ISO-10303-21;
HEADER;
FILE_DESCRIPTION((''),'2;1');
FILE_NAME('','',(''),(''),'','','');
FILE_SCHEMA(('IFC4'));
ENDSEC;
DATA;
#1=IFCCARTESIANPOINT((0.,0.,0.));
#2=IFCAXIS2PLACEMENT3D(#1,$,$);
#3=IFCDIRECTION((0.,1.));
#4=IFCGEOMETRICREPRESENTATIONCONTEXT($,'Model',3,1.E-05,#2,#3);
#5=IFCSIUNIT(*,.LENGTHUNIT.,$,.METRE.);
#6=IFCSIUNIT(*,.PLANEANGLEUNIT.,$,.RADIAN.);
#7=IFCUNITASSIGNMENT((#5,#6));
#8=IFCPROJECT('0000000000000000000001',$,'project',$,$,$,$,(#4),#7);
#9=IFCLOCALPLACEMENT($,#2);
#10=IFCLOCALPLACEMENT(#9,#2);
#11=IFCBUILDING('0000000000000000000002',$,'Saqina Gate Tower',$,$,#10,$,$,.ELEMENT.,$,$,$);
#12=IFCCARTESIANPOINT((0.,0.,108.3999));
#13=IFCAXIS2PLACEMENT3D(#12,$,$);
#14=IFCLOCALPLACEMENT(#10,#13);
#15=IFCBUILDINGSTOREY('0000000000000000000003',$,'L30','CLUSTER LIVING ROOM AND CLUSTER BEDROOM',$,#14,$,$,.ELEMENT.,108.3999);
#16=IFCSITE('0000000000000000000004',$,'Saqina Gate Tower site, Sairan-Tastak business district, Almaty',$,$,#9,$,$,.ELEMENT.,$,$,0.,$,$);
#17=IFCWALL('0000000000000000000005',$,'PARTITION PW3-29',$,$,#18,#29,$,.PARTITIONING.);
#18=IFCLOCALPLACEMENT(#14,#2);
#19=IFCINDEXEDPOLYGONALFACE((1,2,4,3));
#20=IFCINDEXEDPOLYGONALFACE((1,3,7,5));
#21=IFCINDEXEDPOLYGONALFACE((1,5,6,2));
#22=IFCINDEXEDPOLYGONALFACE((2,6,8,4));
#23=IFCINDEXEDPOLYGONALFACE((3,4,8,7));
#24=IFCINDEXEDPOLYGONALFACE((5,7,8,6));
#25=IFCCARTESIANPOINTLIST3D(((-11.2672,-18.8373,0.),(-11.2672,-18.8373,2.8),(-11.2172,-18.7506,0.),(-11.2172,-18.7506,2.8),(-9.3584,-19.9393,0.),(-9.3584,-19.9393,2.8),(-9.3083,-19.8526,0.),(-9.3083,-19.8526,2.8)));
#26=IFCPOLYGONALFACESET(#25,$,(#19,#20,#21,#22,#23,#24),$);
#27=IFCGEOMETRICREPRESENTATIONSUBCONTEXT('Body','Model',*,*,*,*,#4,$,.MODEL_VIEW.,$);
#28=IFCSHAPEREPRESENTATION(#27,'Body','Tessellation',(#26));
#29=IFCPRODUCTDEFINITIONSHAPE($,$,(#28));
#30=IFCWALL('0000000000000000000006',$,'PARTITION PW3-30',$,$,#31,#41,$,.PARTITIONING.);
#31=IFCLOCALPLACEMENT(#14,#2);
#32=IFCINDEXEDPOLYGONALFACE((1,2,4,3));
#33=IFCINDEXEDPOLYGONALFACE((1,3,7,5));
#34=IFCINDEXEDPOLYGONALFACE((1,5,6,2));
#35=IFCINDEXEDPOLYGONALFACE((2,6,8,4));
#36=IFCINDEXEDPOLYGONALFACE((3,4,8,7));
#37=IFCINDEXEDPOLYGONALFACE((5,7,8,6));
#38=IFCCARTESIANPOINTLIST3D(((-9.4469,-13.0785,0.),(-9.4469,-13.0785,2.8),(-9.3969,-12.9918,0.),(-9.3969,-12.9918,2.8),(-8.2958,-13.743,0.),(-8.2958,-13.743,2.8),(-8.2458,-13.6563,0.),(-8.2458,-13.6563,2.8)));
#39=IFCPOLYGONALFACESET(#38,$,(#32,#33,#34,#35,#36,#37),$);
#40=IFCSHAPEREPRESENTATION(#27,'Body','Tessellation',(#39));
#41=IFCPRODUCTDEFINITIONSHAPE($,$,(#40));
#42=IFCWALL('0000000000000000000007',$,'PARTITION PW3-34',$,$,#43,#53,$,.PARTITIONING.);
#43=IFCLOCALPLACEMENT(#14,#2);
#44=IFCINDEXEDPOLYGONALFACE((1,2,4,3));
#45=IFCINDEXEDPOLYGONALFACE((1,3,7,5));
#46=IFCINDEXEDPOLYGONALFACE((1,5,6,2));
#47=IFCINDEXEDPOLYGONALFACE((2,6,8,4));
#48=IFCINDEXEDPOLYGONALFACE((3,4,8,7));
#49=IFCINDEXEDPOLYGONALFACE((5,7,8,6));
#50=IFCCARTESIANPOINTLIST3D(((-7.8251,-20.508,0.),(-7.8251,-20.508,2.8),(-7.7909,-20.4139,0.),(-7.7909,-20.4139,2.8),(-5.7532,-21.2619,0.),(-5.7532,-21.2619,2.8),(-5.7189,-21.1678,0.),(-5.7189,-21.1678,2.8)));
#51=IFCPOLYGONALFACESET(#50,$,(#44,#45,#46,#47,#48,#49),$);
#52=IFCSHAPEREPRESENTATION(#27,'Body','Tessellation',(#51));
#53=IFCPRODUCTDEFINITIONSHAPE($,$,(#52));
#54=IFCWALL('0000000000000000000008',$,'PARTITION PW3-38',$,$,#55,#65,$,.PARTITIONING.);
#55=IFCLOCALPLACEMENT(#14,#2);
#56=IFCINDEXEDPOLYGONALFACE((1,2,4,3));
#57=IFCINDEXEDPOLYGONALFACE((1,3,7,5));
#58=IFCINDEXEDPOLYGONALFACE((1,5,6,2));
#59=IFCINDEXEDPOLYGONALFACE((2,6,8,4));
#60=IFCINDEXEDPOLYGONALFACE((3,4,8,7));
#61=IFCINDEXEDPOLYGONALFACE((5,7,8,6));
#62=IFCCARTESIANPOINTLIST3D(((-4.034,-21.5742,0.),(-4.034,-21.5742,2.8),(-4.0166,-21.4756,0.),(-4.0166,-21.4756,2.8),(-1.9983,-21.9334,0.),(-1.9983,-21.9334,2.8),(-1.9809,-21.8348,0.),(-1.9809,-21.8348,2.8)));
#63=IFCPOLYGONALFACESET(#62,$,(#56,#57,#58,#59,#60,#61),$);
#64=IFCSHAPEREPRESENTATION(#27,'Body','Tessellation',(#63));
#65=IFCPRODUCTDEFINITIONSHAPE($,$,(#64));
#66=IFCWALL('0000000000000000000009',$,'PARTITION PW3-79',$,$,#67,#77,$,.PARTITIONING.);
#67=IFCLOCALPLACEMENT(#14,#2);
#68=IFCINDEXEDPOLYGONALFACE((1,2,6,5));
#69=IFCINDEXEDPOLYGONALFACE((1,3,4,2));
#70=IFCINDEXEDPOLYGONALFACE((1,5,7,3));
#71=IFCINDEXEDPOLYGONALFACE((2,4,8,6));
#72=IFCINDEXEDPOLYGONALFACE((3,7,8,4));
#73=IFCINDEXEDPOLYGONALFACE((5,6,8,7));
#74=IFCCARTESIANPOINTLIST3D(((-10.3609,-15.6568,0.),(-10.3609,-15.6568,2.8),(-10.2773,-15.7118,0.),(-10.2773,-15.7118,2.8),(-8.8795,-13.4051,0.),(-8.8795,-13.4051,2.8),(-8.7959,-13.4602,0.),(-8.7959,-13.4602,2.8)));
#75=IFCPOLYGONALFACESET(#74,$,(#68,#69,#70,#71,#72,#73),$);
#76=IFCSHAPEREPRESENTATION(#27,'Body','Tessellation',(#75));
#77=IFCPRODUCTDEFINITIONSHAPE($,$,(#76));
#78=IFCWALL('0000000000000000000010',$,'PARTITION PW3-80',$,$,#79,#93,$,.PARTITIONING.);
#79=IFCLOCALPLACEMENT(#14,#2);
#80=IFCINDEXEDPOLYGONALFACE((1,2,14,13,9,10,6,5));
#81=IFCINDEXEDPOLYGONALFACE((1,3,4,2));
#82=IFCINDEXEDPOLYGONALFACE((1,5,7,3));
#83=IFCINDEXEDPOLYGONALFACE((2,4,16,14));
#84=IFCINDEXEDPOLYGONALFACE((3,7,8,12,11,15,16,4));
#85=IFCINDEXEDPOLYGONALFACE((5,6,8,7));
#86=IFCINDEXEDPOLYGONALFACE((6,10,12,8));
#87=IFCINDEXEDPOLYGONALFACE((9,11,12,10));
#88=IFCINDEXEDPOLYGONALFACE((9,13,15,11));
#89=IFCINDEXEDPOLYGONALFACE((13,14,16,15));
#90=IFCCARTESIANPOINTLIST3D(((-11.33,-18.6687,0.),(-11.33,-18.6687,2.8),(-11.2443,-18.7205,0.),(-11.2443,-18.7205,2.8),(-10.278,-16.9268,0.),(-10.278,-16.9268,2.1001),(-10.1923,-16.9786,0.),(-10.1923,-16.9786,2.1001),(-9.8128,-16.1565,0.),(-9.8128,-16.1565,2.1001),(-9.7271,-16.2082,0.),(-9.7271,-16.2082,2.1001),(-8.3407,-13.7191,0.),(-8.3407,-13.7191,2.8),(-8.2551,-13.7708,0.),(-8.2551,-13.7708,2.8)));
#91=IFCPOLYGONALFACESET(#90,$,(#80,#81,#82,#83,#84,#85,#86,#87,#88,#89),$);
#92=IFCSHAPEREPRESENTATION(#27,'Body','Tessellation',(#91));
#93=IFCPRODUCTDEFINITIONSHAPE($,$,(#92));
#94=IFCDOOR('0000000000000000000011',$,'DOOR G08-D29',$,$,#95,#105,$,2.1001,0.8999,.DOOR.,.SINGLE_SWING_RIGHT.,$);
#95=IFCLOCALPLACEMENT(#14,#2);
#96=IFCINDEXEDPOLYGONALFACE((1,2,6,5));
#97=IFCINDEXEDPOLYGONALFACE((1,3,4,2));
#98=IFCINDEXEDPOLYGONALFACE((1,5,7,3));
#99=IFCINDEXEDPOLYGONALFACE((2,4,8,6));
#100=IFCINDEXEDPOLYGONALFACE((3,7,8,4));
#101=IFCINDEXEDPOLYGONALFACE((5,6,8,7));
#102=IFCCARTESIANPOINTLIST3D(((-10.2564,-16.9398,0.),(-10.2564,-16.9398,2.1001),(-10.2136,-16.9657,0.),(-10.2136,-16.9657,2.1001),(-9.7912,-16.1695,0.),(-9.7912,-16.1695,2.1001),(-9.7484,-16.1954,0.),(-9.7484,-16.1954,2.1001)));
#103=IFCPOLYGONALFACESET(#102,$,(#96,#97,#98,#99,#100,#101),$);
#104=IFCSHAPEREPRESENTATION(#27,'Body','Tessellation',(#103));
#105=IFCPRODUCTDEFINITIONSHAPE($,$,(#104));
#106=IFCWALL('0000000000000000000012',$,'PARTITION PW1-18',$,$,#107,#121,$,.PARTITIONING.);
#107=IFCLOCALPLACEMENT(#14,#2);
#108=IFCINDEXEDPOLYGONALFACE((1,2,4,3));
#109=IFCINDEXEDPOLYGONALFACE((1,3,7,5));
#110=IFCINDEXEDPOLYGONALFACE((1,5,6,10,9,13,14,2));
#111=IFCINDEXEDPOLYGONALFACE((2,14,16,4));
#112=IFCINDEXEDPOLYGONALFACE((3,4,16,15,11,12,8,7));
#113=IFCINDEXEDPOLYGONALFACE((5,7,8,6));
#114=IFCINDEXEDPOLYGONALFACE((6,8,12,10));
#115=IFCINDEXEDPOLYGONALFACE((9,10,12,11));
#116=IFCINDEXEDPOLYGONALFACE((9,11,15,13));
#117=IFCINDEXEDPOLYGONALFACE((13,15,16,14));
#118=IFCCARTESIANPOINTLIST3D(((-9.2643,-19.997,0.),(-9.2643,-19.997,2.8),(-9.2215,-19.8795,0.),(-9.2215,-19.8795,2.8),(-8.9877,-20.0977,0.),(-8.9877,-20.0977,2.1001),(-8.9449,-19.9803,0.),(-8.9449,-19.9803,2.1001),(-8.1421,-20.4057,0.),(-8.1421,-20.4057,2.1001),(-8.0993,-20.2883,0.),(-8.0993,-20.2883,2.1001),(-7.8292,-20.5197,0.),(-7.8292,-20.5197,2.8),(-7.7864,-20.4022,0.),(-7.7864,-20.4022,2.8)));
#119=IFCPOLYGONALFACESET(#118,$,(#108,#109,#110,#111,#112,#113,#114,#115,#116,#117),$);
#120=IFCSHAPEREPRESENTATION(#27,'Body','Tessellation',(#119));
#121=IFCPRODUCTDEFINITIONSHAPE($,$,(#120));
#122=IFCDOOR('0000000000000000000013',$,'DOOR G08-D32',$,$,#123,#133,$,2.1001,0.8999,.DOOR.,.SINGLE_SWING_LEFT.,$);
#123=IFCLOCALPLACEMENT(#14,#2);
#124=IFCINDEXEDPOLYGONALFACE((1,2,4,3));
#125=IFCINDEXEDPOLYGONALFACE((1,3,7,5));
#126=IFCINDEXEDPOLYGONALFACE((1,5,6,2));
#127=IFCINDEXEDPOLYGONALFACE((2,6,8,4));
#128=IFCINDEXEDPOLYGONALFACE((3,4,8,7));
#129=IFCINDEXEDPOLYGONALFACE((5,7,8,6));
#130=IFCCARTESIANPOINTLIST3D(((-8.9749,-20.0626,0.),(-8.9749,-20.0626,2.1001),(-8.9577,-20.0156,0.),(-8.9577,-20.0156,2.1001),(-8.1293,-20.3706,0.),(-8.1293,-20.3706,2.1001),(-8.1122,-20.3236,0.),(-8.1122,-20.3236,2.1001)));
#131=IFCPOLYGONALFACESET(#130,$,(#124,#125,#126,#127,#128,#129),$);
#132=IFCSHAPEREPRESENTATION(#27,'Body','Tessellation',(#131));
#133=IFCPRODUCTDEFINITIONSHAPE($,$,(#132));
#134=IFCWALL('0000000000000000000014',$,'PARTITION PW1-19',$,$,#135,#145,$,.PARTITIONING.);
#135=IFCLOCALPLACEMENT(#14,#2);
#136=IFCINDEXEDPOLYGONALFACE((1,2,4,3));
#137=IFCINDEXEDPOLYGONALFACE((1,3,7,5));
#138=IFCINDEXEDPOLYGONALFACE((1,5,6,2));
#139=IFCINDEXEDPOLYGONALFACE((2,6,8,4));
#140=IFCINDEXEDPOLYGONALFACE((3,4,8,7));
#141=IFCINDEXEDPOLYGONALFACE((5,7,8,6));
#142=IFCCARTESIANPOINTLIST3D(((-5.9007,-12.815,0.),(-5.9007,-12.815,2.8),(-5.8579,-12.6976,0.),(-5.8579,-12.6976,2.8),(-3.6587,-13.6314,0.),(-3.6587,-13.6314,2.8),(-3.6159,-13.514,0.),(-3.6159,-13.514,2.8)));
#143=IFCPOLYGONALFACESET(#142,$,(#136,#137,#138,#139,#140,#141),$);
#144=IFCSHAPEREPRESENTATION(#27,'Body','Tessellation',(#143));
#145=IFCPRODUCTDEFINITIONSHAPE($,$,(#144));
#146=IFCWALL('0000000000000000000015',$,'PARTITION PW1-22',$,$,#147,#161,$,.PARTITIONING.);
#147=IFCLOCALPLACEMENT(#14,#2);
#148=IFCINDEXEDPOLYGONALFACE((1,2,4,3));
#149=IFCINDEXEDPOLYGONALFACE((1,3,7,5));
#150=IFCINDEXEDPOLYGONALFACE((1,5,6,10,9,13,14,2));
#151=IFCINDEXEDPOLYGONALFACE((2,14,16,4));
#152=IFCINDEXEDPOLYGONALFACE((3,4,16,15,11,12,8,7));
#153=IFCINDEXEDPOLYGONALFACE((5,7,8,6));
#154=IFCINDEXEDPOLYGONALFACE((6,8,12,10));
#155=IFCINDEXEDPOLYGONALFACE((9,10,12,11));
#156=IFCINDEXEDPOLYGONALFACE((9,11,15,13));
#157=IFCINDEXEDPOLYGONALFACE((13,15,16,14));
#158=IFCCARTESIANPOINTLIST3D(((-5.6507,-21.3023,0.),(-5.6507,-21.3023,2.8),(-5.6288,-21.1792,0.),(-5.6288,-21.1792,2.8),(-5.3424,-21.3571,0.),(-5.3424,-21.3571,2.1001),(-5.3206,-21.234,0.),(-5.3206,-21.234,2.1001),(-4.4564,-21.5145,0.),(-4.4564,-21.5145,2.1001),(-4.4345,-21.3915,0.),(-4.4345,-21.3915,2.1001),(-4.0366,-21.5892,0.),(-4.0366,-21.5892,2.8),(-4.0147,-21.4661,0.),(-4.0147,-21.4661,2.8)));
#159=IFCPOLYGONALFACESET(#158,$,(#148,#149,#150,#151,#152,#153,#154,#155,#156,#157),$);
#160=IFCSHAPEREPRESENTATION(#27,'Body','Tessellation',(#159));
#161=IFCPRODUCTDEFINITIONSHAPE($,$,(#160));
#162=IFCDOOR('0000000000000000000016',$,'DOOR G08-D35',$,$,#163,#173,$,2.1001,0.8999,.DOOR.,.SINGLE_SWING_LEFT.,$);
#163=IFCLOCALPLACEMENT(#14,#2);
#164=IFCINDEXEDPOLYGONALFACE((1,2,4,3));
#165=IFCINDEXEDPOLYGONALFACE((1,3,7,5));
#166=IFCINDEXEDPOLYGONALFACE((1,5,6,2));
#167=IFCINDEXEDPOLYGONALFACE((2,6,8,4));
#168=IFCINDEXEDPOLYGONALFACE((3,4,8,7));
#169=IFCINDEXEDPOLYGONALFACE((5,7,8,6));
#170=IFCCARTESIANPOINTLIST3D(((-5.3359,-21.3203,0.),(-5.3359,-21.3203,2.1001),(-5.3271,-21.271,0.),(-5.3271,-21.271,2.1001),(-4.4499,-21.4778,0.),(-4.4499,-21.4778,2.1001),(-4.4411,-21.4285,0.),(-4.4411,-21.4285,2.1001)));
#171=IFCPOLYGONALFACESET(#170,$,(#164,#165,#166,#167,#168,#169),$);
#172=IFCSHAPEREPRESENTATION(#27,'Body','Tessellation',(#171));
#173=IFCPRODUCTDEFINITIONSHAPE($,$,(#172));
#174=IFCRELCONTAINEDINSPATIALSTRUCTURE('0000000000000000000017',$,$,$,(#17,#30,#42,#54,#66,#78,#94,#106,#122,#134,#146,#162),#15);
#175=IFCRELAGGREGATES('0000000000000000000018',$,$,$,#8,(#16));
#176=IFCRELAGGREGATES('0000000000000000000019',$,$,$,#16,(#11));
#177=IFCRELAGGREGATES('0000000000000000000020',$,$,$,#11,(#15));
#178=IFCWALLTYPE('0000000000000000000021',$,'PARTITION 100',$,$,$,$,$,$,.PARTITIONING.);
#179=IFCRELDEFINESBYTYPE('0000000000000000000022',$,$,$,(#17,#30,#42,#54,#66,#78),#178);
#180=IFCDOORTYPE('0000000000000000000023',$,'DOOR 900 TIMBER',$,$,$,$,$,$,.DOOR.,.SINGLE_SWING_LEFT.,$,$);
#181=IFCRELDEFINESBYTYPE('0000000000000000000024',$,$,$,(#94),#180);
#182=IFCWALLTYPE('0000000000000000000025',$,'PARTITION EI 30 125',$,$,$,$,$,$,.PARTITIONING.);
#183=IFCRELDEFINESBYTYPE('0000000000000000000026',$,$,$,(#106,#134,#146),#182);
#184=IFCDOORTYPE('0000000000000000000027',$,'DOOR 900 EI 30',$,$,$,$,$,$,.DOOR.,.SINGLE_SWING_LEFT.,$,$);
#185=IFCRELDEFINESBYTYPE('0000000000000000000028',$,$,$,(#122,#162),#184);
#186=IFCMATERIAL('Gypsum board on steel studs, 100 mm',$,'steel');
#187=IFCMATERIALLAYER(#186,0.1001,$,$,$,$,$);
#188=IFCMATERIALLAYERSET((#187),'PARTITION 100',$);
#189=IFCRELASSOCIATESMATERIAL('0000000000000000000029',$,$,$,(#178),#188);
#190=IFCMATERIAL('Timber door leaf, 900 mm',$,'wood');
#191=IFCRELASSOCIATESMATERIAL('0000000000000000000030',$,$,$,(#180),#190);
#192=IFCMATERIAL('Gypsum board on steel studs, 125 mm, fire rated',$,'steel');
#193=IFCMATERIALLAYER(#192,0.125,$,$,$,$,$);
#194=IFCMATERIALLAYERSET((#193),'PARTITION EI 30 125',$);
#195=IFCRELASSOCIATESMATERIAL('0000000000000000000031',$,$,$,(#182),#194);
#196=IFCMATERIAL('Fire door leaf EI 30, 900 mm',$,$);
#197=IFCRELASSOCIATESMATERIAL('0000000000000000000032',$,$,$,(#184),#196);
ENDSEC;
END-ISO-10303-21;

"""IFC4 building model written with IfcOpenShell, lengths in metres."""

from ifc_helpers import new_model, si_unit, direction, frame, frame_2d, origin, place, context, subcontext, project, spatial, rectangle, extrude, material, layer, layer_set, type_object, element, fill, save


model = new_model("IFC4")

# Units and contexts
model_context = context("Model", 3, precision=1e-05, world=origin(), true_north=direction((0.0, 1.0)))
body_context = subcontext(model_context, "Body", "Model", "MODEL_VIEW")
ifc_project = project(units=[si_unit("LENGTHUNIT", "METRE"), si_unit("PLANEANGLEUNIT", "RADIAN")], contexts=[model_context])

# Site, building, storey
site_placement = place(None, origin())
site = spatial("IfcSite", under=ifc_project, at=site_placement, Name="Saqina Gate Tower site, Sairan-Tastak business district, Almaty", CompositionType="ELEMENT", RefElevation=0.0)
building_placement = place(site_placement, origin())
building = spatial("IfcBuilding", under=site, at=building_placement, Name="Saqina Gate Tower", CompositionType="ELEMENT")
storey_placement = place(building_placement, frame((0.0, 0.0, 108.3999)))
storey = spatial("IfcBuildingStorey", under=building, at=storey_placement, Name="L30", Description="CLUSTER LIVING ROOM AND CLUSTER BEDROOM", CompositionType="ELEMENT", Elevation=108.3999)

# Walls
ifc_material_1 = material(Name="Gypsum board on steel studs, 100 mm", Category="steel")
ifc_layer_1 = layer(ifc_material_1, 0.1001)
ifc_layer_set_1 = layer_set([ifc_layer_1], Name="PARTITION 100")
wall_type_1 = type_object("IfcWallType", Name="PARTITION 100", PredefinedType="PARTITIONING", material=ifc_layer_set_1)
wall_1_placement = place(storey_placement, frame((-11.2422, -18.7939, 0.0), z_axis=(0.0, 0.0, 1.0), x_axis=(0.86604, -0.499975, 0.0)))
element("IfcWall", 1, at=wall_1_placement, inside=storey, type_object=wall_type_1, Name="PARTITION PW3-29", PredefinedType="PARTITIONING", context=body_context, shape_type="SweptSolid", body=[
    extrude(rectangle(XDim=2.2041, YDim=0.1001, at=frame_2d((1.1021, 0.0))), origin(), (0.0, 0.0, 1.0), 2.8),
])
wall_2_placement = place(storey_placement, frame((-9.4219, -13.0352, 0.0), z_axis=(0.0, 0.0, 1.0), x_axis=(0.866042, -0.499972, 0.0)))
element("IfcWall", 2, at=wall_2_placement, inside=storey, type_object=wall_type_1, Name="PARTITION PW3-30", PredefinedType="PARTITIONING", context=body_context, shape_type="SweptSolid", body=[
    extrude(rectangle(XDim=1.3291, YDim=0.1001, at=frame_2d((0.6646, 0.0))), origin(), (0.0, 0.0, 1.0), 2.8),
])
wall_3_placement = place(storey_placement, frame((-7.8081, -20.4609, 0.0), z_axis=(0.0, 0.0, 1.0), x_axis=(0.939729, -0.341921, 0.0)))
element("IfcWall", 3, at=wall_3_placement, inside=storey, type_object=wall_type_1, Name="PARTITION PW3-34", PredefinedType="PARTITIONING", context=body_context, shape_type="SweptSolid", body=[
    extrude(rectangle(XDim=2.2048, YDim=0.1001, at=frame_2d((1.1025, 0.0))), origin(), (0.0, 0.0, 1.0), 2.8),
])
wall_4_placement = place(storey_placement, frame((-4.0254, -21.5249, 0.0), z_axis=(0.0, 0.0, 1.0), x_axis=(0.984792, -0.173738, 0.0)))
element("IfcWall", 4, at=wall_4_placement, inside=storey, type_object=wall_type_1, Name="PARTITION PW3-38", PredefinedType="PARTITIONING", context=body_context, shape_type="SweptSolid", body=[
    extrude(rectangle(XDim=2.0671, YDim=0.1001, at=frame_2d((1.0337, 0.0))), origin(), (0.0, 0.0, 1.0), 2.8),
])
wall_5_placement = place(storey_placement, frame((-10.3191, -15.6843, 0.0), z_axis=(0.0, 0.0, 1.0), x_axis=(0.549631, 0.835407, 0.0)))
element("IfcWall", 5, at=wall_5_placement, inside=storey, type_object=wall_type_1, Name="PARTITION PW3-79", PredefinedType="PARTITIONING", context=body_context, shape_type="SweptSolid", body=[
    extrude(rectangle(XDim=2.6953, YDim=0.1001, at=frame_2d((1.3477, 0.0))), origin(), (0.0, 0.0, 1.0), 2.8),
])

# Walls, openings, doors
wall_6_placement = place(storey_placement, frame((-11.2871, -18.6946, 0.0), z_axis=(0.0, 0.0, 1.0), x_axis=(0.516965, 0.856007, 0.0)))
wall_6 = element("IfcWall", 6, at=wall_6_placement, inside=storey, type_object=wall_type_1, Name="PARTITION PW3-80", PredefinedType="PARTITIONING", context=body_context, shape_type="SweptSolid", body=[
    extrude(rectangle(XDim=5.7822, YDim=0.1001, at=frame_2d((2.8911, 0.0))), origin(), (0.0, 0.0, 1.0), 2.8),
])
opening_1_placement = place(wall_6_placement, frame((2.0349, 0.0, 0.0)))
opening_1 = element("IfcOpeningElement", 7, at=opening_1_placement, cuts=wall_6, PredefinedType="OPENING", context=body_context, shape_type="SweptSolid", body=[
    extrude(rectangle(XDim=0.8999, YDim=2.1001, at=frame_2d((0.45, 1.05))), frame((0.0, 0.062, 0.0), z_axis=(0.0, -1.0, 0.0), x_axis=(1.0, 0.0, 0.0)), (0.0, 0.0, 1.0), 0.124),
])
ifc_material_2 = material(Name="Timber door leaf, 900 mm", Category="wood")
door_type_1 = type_object("IfcDoorType", Name="DOOR 900 TIMBER", OperationType="SINGLE_SWING_LEFT", PredefinedType="DOOR", material=ifc_material_2)
door_1_placement = place(opening_1_placement, origin())
door_1 = element("IfcDoor", 8, at=door_1_placement, inside=storey, type_object=door_type_1, Name="DOOR G08-D29", OperationType="SINGLE_SWING_RIGHT", OverallHeight=2.1001, OverallWidth=0.8999, PredefinedType="DOOR", context=body_context, shape_type="SweptSolid", body=[
    extrude(rectangle(XDim=0.8999, YDim=2.1001, at=frame_2d((0.45, 1.05))), frame((0.0, 0.0249, 0.0), z_axis=(0.0, -1.0, 0.0), x_axis=(1.0, 0.0, 0.0)), (0.0, 0.0, 1.0), 0.05),
])
fill(opening_1, door_1)
ifc_material_3 = material(Name="Gypsum board on steel studs, 125 mm, fire rated", Category="steel")
ifc_layer_2 = layer(ifc_material_3, 0.125)
ifc_layer_set_2 = layer_set([ifc_layer_2], Name="PARTITION EI 30 125")
wall_type_2 = type_object("IfcWallType", Name="PARTITION EI 30 125", PredefinedType="PARTITIONING", material=ifc_layer_set_2)
wall_7_placement = place(storey_placement, frame((-9.2429, -19.9382, 0.0), z_axis=(0.0, 0.0, 1.0), x_axis=(0.939611, -0.342244, 0.0)))
wall_7 = element("IfcWall", 9, at=wall_7_placement, inside=storey, type_object=wall_type_2, Name="PARTITION PW1-18", PredefinedType="PARTITIONING", context=body_context, shape_type="SweptSolid", body=[
    extrude(rectangle(XDim=1.5273, YDim=0.125, at=frame_2d((0.7637, 0.0))), origin(), (0.0, 0.0, 1.0), 2.8),
])
opening_2_placement = place(wall_7_placement, frame((0.2944, 0.0, 0.0)))
opening_2 = element("IfcOpeningElement", 10, at=opening_2_placement, cuts=wall_7, PredefinedType="OPENING", context=body_context, shape_type="SweptSolid", body=[
    extrude(rectangle(XDim=0.8999, YDim=2.1001, at=frame_2d((0.45, 1.05))), frame((0.0, 0.0745, 0.0), z_axis=(0.0, -1.0, 0.0), x_axis=(1.0, 0.0, 0.0)), (0.0, 0.0, 1.0), 0.1489),
])
ifc_material_4 = material(Name="Fire door leaf EI 30, 900 mm")
door_type_2 = type_object("IfcDoorType", Name="DOOR 900 EI 30", OperationType="SINGLE_SWING_LEFT", PredefinedType="DOOR", material=ifc_material_4)
door_2_placement = place(opening_2_placement, origin())
door_2 = element("IfcDoor", 11, at=door_2_placement, inside=storey, type_object=door_type_2, Name="DOOR G08-D32", OperationType="SINGLE_SWING_LEFT", OverallHeight=2.1001, OverallWidth=0.8999, PredefinedType="DOOR", context=body_context, shape_type="SweptSolid", body=[
    extrude(rectangle(XDim=0.8999, YDim=2.1001, at=frame_2d((0.45, 1.05))), frame((0.0, 0.0249, 0.0), z_axis=(0.0, -1.0, 0.0), x_axis=(1.0, 0.0, 0.0)), (0.0, 0.0, 1.0), 0.05),
])
fill(opening_2, door_2)

# Wall
wall_8_placement = place(storey_placement, frame((-5.8792, -12.7563, 0.0), z_axis=(0.0, 0.0, 1.0), x_axis=(0.939638, -0.34217, 0.0)))
element("IfcWall", 12, at=wall_8_placement, inside=storey, type_object=wall_type_2, Name="PARTITION PW1-19", PredefinedType="PARTITIONING", context=body_context, shape_type="SweptSolid", body=[
    extrude(rectangle(XDim=2.386, YDim=0.125, at=frame_2d((1.1929, 0.0))), origin(), (0.0, 0.0, 1.0), 2.8),
])

# Wall, opening, door
wall_9_placement = place(storey_placement, frame((-5.6399, -21.2407, 0.0), z_axis=(0.0, 0.0, 1.0), x_axis=(0.98457, -0.174992, 0.0)))
wall_9 = element("IfcWall", 13, at=wall_9_placement, inside=storey, type_object=wall_type_2, Name="PARTITION PW1-22", PredefinedType="PARTITIONING", context=body_context, shape_type="SweptSolid", body=[
    extrude(rectangle(XDim=1.6394, YDim=0.125, at=frame_2d((0.8198, 0.0))), origin(), (0.0, 0.0, 1.0), 2.8),
])
opening_3_placement = place(wall_9_placement, frame((0.3132, 0.0, 0.0)))
opening_3 = element("IfcOpeningElement", 14, at=opening_3_placement, cuts=wall_9, PredefinedType="OPENING", context=body_context, shape_type="SweptSolid", body=[
    extrude(rectangle(XDim=0.8999, YDim=2.1001, at=frame_2d((0.45, 1.05))), frame((0.0, 0.0745, 0.0), z_axis=(0.0, -1.0, 0.0), x_axis=(1.0, 0.0, 0.0)), (0.0, 0.0, 1.0), 0.1489),
])
door_3_placement = place(opening_3_placement, origin())
door_3 = element("IfcDoor", 15, at=door_3_placement, inside=storey, type_object=door_type_2, Name="DOOR G08-D35", OperationType="SINGLE_SWING_LEFT", OverallHeight=2.1001, OverallWidth=0.8999, PredefinedType="DOOR", context=body_context, shape_type="SweptSolid", body=[
    extrude(rectangle(XDim=0.8999, YDim=2.1001, at=frame_2d((0.45, 1.05))), frame((0.0, 0.0249, 0.0), z_axis=(0.0, -1.0, 0.0), x_axis=(1.0, 0.0, 0.0)), (0.0, 0.0, 1.0), 0.05),
])
fill(opening_3, door_3)

save(model, "model.ifc")
